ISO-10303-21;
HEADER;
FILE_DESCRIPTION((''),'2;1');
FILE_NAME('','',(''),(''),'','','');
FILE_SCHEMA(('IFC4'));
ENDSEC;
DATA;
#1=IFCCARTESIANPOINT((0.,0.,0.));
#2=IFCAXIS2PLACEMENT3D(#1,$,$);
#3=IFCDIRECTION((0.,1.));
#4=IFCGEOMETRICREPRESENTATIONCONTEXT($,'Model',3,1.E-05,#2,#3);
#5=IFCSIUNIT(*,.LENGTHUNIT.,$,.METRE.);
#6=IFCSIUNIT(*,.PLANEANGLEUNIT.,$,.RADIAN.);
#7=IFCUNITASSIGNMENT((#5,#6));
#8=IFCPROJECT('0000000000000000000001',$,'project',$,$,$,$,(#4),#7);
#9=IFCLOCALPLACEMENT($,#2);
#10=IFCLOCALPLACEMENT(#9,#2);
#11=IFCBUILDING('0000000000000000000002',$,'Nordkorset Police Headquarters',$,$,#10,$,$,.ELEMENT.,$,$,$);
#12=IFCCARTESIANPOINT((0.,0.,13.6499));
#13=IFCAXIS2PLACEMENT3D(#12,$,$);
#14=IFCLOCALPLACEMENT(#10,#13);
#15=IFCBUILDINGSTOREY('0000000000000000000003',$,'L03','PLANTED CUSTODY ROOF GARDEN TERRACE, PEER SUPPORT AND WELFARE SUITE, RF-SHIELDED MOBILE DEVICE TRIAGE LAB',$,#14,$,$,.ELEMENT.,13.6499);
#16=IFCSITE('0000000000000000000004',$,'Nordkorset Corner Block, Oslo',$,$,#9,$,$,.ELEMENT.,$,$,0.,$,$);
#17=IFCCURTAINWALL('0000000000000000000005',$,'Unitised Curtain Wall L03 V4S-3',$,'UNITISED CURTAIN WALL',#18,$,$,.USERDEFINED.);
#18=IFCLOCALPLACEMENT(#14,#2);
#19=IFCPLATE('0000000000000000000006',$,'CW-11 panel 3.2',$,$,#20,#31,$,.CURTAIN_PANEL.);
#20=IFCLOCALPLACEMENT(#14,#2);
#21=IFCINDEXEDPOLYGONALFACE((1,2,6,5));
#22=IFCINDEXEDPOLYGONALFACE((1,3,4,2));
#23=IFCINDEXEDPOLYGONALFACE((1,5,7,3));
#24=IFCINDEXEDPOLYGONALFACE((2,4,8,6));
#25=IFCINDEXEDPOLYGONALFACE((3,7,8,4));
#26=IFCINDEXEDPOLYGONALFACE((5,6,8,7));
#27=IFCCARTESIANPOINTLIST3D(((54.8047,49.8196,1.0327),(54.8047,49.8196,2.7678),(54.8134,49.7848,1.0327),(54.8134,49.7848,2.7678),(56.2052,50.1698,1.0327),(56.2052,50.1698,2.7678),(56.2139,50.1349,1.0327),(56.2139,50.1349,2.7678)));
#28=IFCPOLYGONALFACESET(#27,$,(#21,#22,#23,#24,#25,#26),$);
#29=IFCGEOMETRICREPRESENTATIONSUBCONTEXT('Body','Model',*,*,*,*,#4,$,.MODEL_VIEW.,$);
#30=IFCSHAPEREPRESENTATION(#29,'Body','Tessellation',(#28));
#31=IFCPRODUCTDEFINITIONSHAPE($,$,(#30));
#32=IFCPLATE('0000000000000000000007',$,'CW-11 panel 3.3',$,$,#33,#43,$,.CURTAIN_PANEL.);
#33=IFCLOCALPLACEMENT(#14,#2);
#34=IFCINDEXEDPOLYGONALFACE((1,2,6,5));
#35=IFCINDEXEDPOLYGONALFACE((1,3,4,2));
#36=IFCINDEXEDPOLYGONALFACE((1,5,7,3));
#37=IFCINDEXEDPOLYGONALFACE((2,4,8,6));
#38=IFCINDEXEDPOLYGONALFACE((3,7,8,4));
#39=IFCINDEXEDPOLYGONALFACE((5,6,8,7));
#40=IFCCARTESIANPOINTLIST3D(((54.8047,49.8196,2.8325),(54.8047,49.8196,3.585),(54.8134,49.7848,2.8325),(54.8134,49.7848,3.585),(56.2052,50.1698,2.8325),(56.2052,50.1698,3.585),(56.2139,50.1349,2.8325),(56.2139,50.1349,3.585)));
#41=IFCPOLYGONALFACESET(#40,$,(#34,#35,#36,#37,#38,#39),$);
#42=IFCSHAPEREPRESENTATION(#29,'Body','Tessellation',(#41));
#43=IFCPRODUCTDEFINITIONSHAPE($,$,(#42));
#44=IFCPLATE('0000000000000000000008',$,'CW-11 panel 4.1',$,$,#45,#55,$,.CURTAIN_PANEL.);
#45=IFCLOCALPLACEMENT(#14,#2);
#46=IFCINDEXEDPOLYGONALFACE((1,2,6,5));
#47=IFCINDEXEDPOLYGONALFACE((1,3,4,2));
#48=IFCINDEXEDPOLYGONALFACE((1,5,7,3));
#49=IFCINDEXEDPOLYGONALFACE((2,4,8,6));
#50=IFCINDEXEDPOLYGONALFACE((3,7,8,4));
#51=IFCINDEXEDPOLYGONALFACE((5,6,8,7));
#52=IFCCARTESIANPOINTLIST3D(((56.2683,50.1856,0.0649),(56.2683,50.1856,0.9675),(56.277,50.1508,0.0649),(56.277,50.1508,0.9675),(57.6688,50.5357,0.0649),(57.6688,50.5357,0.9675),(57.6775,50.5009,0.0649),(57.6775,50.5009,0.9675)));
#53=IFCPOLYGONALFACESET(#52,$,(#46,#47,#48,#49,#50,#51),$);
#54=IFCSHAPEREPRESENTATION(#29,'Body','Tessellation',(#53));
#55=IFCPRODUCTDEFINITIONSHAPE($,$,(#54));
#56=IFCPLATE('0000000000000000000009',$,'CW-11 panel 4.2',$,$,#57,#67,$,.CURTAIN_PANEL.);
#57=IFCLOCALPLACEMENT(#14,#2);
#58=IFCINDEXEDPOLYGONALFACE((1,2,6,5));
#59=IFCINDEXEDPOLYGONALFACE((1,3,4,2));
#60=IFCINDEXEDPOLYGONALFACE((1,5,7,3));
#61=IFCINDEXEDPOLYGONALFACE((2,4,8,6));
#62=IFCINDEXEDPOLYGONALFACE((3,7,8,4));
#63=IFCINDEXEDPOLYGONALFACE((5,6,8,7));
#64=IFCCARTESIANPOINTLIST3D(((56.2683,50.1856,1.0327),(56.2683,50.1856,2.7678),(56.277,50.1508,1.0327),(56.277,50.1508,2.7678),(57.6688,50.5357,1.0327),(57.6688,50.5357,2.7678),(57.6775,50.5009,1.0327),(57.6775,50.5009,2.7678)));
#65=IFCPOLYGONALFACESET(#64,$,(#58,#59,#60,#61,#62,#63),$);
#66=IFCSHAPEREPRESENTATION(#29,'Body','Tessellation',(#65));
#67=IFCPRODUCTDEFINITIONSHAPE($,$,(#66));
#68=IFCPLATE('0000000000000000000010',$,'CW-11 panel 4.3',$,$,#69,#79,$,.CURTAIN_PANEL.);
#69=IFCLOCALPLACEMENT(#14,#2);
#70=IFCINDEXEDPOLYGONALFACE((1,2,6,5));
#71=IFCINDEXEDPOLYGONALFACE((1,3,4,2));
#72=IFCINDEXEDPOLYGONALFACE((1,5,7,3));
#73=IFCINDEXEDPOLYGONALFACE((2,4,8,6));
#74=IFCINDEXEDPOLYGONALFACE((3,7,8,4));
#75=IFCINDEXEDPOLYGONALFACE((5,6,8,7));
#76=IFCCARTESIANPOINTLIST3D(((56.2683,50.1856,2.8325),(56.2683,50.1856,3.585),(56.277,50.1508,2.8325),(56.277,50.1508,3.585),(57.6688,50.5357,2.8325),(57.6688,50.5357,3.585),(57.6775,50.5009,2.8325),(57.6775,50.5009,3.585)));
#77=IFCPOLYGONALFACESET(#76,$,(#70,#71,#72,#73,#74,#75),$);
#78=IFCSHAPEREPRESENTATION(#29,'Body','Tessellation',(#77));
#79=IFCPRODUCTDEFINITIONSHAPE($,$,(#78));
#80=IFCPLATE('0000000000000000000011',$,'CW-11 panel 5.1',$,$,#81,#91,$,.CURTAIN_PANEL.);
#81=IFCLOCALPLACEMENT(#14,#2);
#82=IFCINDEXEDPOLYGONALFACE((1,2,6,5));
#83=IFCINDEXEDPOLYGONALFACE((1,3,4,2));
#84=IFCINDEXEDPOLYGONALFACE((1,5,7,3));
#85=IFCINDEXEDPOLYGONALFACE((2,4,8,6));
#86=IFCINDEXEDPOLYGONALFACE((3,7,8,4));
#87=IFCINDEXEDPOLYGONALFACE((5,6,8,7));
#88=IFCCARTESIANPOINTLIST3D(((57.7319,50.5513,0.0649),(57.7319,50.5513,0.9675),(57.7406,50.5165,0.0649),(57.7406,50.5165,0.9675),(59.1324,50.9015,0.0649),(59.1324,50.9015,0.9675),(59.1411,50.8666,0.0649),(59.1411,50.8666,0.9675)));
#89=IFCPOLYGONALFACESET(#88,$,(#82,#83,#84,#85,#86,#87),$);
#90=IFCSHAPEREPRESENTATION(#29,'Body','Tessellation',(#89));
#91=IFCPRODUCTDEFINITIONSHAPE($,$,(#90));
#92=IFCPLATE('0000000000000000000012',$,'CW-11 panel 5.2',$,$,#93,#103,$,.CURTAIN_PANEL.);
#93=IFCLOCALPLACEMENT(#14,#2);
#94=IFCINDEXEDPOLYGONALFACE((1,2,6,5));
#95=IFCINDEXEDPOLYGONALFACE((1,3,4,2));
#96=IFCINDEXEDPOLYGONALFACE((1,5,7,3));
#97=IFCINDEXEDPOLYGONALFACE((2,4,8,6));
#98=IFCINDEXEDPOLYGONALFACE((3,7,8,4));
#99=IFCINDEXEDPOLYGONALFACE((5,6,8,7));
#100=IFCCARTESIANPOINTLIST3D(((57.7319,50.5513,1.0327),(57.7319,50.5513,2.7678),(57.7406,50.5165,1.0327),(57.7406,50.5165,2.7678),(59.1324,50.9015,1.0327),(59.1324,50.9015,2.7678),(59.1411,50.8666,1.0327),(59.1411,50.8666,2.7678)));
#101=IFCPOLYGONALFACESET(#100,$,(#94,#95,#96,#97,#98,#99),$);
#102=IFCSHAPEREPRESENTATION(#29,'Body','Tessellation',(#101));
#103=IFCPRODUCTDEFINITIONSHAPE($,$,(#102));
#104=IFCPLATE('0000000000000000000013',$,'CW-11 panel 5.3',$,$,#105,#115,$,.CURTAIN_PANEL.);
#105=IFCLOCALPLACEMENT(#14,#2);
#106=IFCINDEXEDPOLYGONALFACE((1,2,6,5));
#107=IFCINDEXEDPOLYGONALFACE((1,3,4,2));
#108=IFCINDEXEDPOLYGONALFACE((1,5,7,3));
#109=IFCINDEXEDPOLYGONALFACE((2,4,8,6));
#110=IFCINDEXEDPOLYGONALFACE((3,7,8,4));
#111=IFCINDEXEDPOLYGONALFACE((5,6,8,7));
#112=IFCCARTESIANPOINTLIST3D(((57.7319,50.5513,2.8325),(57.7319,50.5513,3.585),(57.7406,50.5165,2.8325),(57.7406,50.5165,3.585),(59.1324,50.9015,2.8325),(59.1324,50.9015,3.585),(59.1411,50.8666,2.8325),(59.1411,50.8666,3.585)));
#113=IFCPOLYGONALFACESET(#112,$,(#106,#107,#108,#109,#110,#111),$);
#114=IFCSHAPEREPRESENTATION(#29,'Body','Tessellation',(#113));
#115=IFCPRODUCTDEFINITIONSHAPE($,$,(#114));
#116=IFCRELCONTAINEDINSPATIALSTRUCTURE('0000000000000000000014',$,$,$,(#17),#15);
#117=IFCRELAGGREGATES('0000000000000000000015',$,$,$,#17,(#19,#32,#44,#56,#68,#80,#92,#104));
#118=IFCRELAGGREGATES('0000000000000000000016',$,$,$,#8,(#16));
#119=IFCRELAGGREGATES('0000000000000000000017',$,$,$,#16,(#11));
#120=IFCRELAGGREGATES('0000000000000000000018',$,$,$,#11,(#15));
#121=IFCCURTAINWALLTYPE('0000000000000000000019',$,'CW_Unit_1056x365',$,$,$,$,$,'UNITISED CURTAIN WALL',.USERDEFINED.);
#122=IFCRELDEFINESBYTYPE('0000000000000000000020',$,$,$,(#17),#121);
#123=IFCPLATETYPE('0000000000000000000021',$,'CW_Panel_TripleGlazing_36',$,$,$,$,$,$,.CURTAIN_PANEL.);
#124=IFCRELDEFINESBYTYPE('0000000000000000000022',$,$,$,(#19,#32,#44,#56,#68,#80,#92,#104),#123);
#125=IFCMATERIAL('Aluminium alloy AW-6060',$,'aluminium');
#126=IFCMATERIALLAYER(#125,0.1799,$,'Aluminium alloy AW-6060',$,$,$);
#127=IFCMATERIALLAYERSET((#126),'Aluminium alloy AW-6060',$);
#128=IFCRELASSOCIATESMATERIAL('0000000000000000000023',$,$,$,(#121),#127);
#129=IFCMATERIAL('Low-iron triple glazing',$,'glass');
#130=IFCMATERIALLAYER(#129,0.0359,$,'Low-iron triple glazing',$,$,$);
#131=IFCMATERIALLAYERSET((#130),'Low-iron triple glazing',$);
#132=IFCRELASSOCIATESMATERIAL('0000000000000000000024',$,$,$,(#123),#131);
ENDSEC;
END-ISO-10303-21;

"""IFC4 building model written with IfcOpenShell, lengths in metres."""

from ifc_helpers import new_model, si_unit, direction, frame, origin, origin_2d, place, context, subcontext, project, spatial, rectangle, extrude, material, layer, layer_set, type_object, element, aggregate, save


model = new_model("IFC4")

# Units and contexts
model_context = context("Model", 3, precision=1e-05, world=origin(), true_north=direction((0.0, 1.0)))
body_context = subcontext(model_context, "Body", "Model", "MODEL_VIEW")
ifc_project = project(units=[si_unit("LENGTHUNIT", "METRE"), si_unit("PLANEANGLEUNIT", "RADIAN")], contexts=[model_context])

# Site, building, storey
site_placement = place(None, origin())
site = spatial("IfcSite", under=ifc_project, at=site_placement, Name="Nordkorset Corner Block, Oslo", CompositionType="ELEMENT", RefElevation=0.0)
building_placement = place(site_placement, origin())
building = spatial("IfcBuilding", under=site, at=building_placement, Name="Nordkorset Police Headquarters", CompositionType="ELEMENT")
storey_placement = place(building_placement, frame((0.0, 0.0, 13.6499)))
storey = spatial("IfcBuildingStorey", under=building, at=storey_placement, Name="L03", Description="PLANTED CUSTODY ROOF GARDEN TERRACE, PEER SUPPORT AND WELFARE SUITE, RF-SHIELDED MOBILE DEVICE TRIAGE LAB", CompositionType="ELEMENT", Elevation=13.6499)

# Curtain wall, plates
ifc_material_1 = material(Name="Aluminium alloy AW-6060", Category="aluminium")
ifc_layer_1 = layer(ifc_material_1, 0.1799, Name="Aluminium alloy AW-6060")
ifc_layer_set_1 = layer_set([ifc_layer_1], Name="Aluminium alloy AW-6060")
curtain_wall_type = type_object("IfcCurtainWallType", Name="CW_Unit_1056x365", ElementType="UNITISED CURTAIN WALL", PredefinedType="USERDEFINED", material=ifc_layer_set_1)
curtain_wall_placement = place(storey_placement, origin())
curtain_wall = element("IfcCurtainWall", 1, at=curtain_wall_placement, inside=storey, type_object=curtain_wall_type, Name="Unitised Curtain Wall L03 V4S-3", ObjectType="UNITISED CURTAIN WALL", PredefinedType="USERDEFINED")
ifc_material_2 = material(Name="Low-iron triple glazing", Category="glass")
ifc_layer_2 = layer(ifc_material_2, 0.0359, Name="Low-iron triple glazing")
ifc_layer_set_2 = layer_set([ifc_layer_2], Name="Low-iron triple glazing")
plate_type = type_object("IfcPlateType", Name="CW_Panel_TripleGlazing_36", PredefinedType="CURTAIN_PANEL", material=ifc_layer_set_2)
plate_1_placement = place(storey_placement, frame((55.5093, 49.9773, 1.0327), z_axis=(0.0, 0.0, 1.0), x_axis=(0.970143, 0.242535, 0.0)))
plate_1 = element("IfcPlate", 2, at=plate_1_placement, type_object=plate_type, Name="CW-11 panel 3.2", PredefinedType="CURTAIN_PANEL", context=body_context, shape_type="SweptSolid", body=[
    extrude(rectangle(XDim=1.4436, YDim=0.0359, at=origin_2d()), origin(), (0.0, 0.0, 1.0), 1.7351),
])
plate_2_placement = place(storey_placement, frame((55.5093, 49.9773, 2.8325), z_axis=(0.0, 0.0, 1.0), x_axis=(0.970143, 0.242535, 0.0)))
plate_2 = element("IfcPlate", 3, at=plate_2_placement, type_object=plate_type, Name="CW-11 panel 3.3", PredefinedType="CURTAIN_PANEL", context=body_context, shape_type="SweptSolid", body=[
    extrude(rectangle(XDim=1.4436, YDim=0.0359, at=origin_2d()), origin(), (0.0, 0.0, 1.0), 0.7524),
])
plate_3_placement = place(storey_placement, frame((56.9729, 50.3433, 0.0649), z_axis=(0.0, 0.0, 1.0), x_axis=(0.970143, 0.242535, 0.0)))
plate_3 = element("IfcPlate", 4, at=plate_3_placement, type_object=plate_type, Name="CW-11 panel 4.1", PredefinedType="CURTAIN_PANEL", context=body_context, shape_type="SweptSolid", body=[
    extrude(rectangle(XDim=1.4436, YDim=0.0359, at=origin_2d()), origin(), (0.0, 0.0, 1.0), 0.9026),
])
plate_4_placement = place(storey_placement, frame((56.9729, 50.3433, 1.0327), z_axis=(0.0, 0.0, 1.0), x_axis=(0.970143, 0.242535, 0.0)))
plate_4 = element("IfcPlate", 5, at=plate_4_placement, type_object=plate_type, Name="CW-11 panel 4.2", PredefinedType="CURTAIN_PANEL", context=body_context, shape_type="SweptSolid", body=[
    extrude(rectangle(XDim=1.4436, YDim=0.0359, at=origin_2d()), origin(), (0.0, 0.0, 1.0), 1.7351),
])
plate_5_placement = place(storey_placement, frame((56.9729, 50.3433, 2.8325), z_axis=(0.0, 0.0, 1.0), x_axis=(0.970143, 0.242535, 0.0)))
plate_5 = element("IfcPlate", 6, at=plate_5_placement, type_object=plate_type, Name="CW-11 panel 4.3", PredefinedType="CURTAIN_PANEL", context=body_context, shape_type="SweptSolid", body=[
    extrude(rectangle(XDim=1.4436, YDim=0.0359, at=origin_2d()), origin(), (0.0, 0.0, 1.0), 0.7524),
])
plate_6_placement = place(storey_placement, frame((58.4365, 50.709, 0.0649), z_axis=(0.0, 0.0, 1.0), x_axis=(0.970143, 0.242535, 0.0)))
plate_6 = element("IfcPlate", 7, at=plate_6_placement, type_object=plate_type, Name="CW-11 panel 5.1", PredefinedType="CURTAIN_PANEL", context=body_context, shape_type="SweptSolid", body=[
    extrude(rectangle(XDim=1.4436, YDim=0.0359, at=origin_2d()), origin(), (0.0, 0.0, 1.0), 0.9026),
])
plate_7_placement = place(storey_placement, frame((58.4365, 50.709, 1.0327), z_axis=(0.0, 0.0, 1.0), x_axis=(0.970143, 0.242535, 0.0)))
plate_7 = element("IfcPlate", 8, at=plate_7_placement, type_object=plate_type, Name="CW-11 panel 5.2", PredefinedType="CURTAIN_PANEL", context=body_context, shape_type="SweptSolid", body=[
    extrude(rectangle(XDim=1.4436, YDim=0.0359, at=origin_2d()), origin(), (0.0, 0.0, 1.0), 1.7351),
])
plate_8_placement = place(storey_placement, frame((58.4365, 50.709, 2.8325), z_axis=(0.0, 0.0, 1.0), x_axis=(0.970143, 0.242535, 0.0)))
plate_8 = element("IfcPlate", 9, at=plate_8_placement, type_object=plate_type, Name="CW-11 panel 5.3", PredefinedType="CURTAIN_PANEL", context=body_context, shape_type="SweptSolid", body=[
    extrude(rectangle(XDim=1.4436, YDim=0.0359, at=origin_2d()), origin(), (0.0, 0.0, 1.0), 0.7524),
])
aggregate(curtain_wall, [plate_1, plate_2, plate_3, plate_4, plate_5, plate_6, plate_7, plate_8])

save(model, "model.ifc")
